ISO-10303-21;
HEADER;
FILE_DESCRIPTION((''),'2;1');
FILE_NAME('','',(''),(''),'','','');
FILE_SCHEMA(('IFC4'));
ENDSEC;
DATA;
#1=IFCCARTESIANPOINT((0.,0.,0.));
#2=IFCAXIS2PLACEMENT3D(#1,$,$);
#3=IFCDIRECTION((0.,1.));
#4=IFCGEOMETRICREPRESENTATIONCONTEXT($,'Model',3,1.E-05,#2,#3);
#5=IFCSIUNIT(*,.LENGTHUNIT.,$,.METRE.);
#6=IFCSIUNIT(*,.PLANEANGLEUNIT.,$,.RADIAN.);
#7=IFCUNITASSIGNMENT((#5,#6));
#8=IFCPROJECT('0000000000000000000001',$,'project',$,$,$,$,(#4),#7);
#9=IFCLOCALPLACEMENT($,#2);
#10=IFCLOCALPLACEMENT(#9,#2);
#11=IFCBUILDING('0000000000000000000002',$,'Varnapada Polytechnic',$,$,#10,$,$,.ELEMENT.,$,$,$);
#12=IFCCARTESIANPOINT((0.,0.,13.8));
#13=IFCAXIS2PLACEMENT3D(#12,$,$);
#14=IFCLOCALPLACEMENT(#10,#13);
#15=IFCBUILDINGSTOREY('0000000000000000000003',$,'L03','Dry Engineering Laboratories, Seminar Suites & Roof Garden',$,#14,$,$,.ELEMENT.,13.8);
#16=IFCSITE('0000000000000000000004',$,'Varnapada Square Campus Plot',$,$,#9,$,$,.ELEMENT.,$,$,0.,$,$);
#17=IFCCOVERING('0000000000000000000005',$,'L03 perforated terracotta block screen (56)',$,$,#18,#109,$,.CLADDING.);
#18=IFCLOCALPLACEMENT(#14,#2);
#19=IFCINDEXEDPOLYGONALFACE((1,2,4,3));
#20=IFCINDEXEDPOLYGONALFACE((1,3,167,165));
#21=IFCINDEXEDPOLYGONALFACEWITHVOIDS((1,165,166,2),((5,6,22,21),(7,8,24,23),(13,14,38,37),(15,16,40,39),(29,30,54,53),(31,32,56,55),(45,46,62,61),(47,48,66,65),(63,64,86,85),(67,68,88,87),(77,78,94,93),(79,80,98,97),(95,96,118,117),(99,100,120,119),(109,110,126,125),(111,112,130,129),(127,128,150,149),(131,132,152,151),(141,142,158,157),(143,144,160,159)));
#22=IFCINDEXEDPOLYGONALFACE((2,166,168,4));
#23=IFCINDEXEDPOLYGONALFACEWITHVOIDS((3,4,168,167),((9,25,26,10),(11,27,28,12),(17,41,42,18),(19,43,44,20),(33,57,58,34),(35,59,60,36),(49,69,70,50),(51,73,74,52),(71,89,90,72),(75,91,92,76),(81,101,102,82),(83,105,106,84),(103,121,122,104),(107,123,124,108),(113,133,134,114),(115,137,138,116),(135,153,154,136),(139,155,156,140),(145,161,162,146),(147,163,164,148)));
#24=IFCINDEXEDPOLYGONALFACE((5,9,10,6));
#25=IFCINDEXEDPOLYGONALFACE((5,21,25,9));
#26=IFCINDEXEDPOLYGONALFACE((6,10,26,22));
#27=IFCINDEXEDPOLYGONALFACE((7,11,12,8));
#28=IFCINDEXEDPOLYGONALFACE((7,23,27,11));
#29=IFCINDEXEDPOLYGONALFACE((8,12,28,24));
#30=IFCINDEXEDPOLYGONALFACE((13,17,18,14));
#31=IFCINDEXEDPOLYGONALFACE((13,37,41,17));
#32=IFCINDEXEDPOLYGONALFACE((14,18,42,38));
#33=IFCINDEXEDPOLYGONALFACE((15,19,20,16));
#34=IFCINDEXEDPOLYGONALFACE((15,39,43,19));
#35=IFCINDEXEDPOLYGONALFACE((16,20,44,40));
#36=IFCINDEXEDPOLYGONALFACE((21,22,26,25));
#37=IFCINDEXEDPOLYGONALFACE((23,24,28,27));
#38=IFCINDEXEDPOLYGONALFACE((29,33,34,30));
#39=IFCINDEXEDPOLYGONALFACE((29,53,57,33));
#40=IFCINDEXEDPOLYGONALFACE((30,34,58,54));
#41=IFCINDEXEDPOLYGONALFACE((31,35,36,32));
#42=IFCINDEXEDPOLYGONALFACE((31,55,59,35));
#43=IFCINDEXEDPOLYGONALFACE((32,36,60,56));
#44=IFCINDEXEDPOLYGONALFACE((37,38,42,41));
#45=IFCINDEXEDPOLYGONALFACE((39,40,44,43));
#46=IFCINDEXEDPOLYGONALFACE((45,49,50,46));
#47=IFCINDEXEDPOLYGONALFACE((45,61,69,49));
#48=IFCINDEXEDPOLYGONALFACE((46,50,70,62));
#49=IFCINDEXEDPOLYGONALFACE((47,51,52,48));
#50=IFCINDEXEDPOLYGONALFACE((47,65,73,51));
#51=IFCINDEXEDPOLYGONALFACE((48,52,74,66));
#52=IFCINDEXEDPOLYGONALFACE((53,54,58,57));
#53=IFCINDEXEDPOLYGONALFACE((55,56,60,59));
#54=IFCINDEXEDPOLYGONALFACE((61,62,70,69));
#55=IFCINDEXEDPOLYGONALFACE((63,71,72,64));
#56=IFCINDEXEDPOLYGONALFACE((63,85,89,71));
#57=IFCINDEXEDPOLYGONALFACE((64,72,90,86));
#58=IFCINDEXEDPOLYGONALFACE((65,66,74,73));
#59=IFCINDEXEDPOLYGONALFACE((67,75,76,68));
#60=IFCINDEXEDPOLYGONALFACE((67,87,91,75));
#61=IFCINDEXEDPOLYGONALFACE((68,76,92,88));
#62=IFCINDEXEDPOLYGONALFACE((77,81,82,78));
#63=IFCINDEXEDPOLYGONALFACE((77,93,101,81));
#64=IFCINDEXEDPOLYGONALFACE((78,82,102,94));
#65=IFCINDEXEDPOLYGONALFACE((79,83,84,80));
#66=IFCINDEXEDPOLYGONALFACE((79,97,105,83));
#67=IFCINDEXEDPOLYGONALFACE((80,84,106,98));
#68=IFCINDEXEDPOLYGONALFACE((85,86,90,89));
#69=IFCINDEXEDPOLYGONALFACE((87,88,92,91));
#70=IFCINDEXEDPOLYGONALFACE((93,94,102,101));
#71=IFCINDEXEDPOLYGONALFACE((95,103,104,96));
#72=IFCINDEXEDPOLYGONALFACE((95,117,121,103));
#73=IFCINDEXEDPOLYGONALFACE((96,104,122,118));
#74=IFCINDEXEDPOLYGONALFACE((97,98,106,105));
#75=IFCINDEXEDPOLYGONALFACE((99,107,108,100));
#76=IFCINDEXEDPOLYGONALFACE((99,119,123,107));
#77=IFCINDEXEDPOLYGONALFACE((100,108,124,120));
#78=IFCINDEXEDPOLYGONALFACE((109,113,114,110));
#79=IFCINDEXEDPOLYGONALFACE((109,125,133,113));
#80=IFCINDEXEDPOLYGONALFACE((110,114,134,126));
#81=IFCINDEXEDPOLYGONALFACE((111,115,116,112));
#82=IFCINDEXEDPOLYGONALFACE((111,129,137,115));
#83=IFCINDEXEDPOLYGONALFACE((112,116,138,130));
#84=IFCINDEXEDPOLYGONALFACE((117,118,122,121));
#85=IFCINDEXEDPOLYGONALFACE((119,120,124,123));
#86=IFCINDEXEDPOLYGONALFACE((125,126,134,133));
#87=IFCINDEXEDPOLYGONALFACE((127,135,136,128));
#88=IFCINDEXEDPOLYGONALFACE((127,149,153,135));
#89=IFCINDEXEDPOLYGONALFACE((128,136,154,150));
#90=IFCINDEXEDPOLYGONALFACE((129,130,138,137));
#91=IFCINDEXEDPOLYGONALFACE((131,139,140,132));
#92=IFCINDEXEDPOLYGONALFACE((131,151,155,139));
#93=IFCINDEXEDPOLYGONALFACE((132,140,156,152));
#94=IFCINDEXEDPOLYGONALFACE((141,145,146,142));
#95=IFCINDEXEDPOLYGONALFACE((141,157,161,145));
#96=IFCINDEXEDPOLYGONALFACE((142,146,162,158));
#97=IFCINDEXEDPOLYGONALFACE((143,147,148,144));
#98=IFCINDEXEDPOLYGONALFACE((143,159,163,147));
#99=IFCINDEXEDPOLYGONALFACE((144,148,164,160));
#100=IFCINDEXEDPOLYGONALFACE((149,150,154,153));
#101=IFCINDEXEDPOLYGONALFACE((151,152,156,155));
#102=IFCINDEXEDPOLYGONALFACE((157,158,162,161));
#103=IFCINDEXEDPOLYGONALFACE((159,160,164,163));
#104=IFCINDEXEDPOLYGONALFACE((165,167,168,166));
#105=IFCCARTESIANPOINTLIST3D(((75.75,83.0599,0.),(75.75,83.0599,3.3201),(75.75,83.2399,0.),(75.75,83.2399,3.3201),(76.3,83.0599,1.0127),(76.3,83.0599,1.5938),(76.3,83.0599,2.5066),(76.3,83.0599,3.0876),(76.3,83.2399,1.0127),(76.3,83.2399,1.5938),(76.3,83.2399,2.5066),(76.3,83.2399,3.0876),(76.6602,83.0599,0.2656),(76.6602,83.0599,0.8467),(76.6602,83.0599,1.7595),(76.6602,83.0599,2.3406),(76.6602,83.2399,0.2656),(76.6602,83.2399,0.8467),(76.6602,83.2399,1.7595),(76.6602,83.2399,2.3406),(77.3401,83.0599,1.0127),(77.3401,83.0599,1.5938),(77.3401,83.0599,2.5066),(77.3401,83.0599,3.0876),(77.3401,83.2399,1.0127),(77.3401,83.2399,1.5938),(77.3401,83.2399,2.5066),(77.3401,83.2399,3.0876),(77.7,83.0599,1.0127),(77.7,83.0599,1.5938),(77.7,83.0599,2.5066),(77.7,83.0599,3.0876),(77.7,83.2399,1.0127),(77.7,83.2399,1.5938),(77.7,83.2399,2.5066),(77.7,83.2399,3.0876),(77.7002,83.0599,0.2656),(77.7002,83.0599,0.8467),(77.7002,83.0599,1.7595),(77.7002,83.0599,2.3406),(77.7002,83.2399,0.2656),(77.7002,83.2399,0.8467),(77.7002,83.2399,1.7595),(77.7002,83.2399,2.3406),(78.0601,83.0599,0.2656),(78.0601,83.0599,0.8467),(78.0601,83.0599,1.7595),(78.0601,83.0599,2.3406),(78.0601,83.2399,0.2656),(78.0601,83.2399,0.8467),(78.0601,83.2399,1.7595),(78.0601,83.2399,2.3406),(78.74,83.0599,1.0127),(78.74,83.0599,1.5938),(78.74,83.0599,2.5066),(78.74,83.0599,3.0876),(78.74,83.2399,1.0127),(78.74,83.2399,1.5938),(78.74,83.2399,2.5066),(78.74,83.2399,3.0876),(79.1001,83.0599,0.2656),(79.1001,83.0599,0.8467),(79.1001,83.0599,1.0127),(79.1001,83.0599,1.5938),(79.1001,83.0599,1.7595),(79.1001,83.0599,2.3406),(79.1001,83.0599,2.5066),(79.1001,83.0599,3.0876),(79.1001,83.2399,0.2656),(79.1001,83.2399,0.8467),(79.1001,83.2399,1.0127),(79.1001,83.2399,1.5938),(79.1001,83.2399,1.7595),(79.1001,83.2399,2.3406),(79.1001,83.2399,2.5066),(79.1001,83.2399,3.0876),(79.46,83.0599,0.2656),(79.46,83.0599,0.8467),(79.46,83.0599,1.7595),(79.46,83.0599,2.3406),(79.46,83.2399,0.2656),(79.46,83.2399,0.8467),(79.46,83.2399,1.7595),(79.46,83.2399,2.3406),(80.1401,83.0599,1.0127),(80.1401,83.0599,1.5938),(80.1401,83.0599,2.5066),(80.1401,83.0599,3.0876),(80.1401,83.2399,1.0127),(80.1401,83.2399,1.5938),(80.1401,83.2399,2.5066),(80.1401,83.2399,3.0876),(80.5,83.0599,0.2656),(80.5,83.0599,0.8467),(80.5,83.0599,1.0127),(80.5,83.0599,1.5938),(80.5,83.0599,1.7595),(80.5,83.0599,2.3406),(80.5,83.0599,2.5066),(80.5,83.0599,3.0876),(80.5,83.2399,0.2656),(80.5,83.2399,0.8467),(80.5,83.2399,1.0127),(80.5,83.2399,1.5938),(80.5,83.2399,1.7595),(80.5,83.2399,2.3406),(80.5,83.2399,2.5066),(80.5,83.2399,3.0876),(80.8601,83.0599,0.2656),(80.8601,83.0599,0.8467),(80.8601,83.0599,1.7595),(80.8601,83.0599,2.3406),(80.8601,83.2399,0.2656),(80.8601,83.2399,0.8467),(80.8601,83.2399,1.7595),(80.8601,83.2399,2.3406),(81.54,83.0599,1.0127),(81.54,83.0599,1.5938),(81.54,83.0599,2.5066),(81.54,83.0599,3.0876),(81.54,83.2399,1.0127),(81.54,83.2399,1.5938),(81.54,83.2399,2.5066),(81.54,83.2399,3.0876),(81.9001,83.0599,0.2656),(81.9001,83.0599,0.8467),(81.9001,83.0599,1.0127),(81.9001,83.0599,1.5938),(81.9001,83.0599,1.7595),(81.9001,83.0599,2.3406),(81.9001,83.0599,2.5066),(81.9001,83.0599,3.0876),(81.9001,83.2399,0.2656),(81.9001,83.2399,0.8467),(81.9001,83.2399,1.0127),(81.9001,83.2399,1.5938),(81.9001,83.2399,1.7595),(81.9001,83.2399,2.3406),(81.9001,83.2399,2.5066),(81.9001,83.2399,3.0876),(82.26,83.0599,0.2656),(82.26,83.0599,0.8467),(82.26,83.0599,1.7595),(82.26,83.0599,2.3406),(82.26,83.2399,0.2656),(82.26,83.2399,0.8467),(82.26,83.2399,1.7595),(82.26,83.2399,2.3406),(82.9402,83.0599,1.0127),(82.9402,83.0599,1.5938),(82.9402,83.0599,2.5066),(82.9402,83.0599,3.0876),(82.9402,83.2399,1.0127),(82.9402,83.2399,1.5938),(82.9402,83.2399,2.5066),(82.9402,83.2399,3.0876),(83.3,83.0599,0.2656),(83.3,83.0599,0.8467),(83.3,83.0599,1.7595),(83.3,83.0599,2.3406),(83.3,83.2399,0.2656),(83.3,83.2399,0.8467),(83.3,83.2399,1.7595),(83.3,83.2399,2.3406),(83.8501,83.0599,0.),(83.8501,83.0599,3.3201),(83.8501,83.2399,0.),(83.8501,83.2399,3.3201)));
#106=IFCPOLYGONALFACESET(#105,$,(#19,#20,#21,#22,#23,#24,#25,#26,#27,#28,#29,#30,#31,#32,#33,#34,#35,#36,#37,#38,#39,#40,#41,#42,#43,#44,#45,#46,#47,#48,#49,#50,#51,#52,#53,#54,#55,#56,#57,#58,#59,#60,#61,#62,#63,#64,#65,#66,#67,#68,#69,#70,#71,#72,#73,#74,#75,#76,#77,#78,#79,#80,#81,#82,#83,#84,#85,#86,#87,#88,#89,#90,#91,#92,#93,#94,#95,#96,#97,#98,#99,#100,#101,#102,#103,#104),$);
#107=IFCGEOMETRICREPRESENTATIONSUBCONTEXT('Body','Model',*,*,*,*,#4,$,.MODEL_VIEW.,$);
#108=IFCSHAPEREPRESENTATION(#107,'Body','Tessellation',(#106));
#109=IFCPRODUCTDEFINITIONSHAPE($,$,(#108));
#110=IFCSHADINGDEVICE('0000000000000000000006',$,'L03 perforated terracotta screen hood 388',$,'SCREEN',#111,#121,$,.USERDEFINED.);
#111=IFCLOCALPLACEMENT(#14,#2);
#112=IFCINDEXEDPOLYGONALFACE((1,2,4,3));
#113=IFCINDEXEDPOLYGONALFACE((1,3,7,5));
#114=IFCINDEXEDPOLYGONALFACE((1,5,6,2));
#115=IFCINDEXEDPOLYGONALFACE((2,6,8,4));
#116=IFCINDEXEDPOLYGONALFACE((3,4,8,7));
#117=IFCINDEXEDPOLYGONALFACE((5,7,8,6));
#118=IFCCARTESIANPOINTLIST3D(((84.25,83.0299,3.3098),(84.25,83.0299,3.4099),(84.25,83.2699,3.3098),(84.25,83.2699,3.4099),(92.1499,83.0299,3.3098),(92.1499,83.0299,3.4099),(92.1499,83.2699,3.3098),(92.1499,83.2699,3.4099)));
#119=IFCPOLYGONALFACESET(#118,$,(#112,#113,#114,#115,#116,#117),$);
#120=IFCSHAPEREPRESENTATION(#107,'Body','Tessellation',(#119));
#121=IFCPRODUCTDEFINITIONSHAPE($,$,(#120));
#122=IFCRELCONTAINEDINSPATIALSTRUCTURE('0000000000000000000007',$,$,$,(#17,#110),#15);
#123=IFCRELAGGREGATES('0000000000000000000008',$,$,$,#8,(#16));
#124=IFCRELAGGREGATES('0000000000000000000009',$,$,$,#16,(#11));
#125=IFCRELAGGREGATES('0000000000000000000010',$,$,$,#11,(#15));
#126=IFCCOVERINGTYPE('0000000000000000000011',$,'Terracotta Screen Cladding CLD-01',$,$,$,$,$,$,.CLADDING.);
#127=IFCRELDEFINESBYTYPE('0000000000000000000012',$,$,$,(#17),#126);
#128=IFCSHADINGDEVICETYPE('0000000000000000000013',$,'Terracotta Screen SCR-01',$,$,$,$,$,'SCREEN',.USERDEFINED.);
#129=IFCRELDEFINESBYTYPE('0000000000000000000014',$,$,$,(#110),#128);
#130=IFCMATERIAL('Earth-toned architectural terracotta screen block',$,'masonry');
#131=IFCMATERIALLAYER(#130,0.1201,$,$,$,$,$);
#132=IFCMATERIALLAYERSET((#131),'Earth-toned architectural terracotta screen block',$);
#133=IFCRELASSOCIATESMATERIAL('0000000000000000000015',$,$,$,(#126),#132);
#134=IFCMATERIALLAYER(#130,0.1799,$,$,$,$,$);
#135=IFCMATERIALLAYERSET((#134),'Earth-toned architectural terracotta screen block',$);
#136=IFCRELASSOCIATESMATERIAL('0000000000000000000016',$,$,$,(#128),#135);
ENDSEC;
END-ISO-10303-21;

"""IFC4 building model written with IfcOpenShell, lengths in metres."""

from ifc_helpers import new_model, si_unit, direction, frame, frame_2d, origin, origin_2d, place, context, subcontext, project, spatial, rectangle, extrude, material, layer, layer_set, type_object, element, save


model = new_model("IFC4")

# Units and contexts
model_context = context("Model", 3, precision=1e-05, world=origin(), true_north=direction((0.0, 1.0)))
body_context = subcontext(model_context, "Body", "Model", "MODEL_VIEW")
ifc_project = project(units=[si_unit("LENGTHUNIT", "METRE"), si_unit("PLANEANGLEUNIT", "RADIAN")], contexts=[model_context])

# Site, building, storey
site_placement = place(None, origin())
site = spatial("IfcSite", under=ifc_project, at=site_placement, Name="Varnapada Square Campus Plot", CompositionType="ELEMENT", RefElevation=0.0)
building_placement = place(site_placement, origin())
building = spatial("IfcBuilding", under=site, at=building_placement, Name="Varnapada Polytechnic", CompositionType="ELEMENT")
storey_placement = place(building_placement, frame((0.0, 0.0, 13.8)))
storey = spatial("IfcBuildingStorey", under=building, at=storey_placement, Name="L03", Description="Dry Engineering Laboratories, Seminar Suites & Roof Garden", CompositionType="ELEMENT", Elevation=13.8)

# Covering, openings
ifc_material = material(Name="Earth-toned architectural terracotta screen block", Category="masonry")
ifc_layer_1 = layer(ifc_material, 0.1201)
ifc_layer_set_1 = layer_set([ifc_layer_1], Name="Earth-toned architectural terracotta screen block")
covering_type = type_object("IfcCoveringType", Name="Terracotta Screen Cladding CLD-01", PredefinedType="CLADDING", material=ifc_layer_set_1)
covering_placement = place(storey_placement, frame((83.8501, 83.1499, 0.0), z_axis=(0.0, 0.0, 1.0), x_axis=(-1.0, 0.0, 0.0)))
covering = element("IfcCovering", 1, at=covering_placement, inside=storey, type_object=covering_type, Name="L03 perforated terracotta block screen (56)", PredefinedType="CLADDING", context=body_context, shape_type="SweptSolid", body=[
    extrude(rectangle(XDim=8.1001, YDim=0.1799, at=frame_2d((4.05, 0.0))), origin(), (0.0, 0.0, 1.0), 3.3201),
])
opening_1_placement = place(covering_placement, frame((0.55, 0.0, 0.2656)))
element("IfcOpeningElement", 2, at=opening_1_placement, cuts=covering, PredefinedType="OPENING", context=body_context, shape_type="SweptSolid", body=[
    extrude(rectangle(XDim=1.04, YDim=0.5811, at=frame_2d((0.52, 0.2905))), frame((0.0, 0.0999, 0.0), z_axis=(0.0, -1.0, 0.0), x_axis=(1.0, 0.0, 0.0)), (0.0, 0.0, 1.0), 0.2),
])
opening_2_placement = place(covering_placement, frame((1.95, 0.0, 0.2656)))
element("IfcOpeningElement", 3, at=opening_2_placement, cuts=covering, PredefinedType="OPENING", context=body_context, shape_type="SweptSolid", body=[
    extrude(rectangle(XDim=1.04, YDim=0.5811, at=frame_2d((0.52, 0.2905))), frame((0.0, 0.0999, 0.0), z_axis=(0.0, -1.0, 0.0), x_axis=(1.0, 0.0, 0.0)), (0.0, 0.0, 1.0), 0.2),
])
opening_3_placement = place(covering_placement, frame((3.3501, 0.0, 0.2656)))
element("IfcOpeningElement", 4, at=opening_3_placement, cuts=covering, PredefinedType="OPENING", context=body_context, shape_type="SweptSolid", body=[
    extrude(rectangle(XDim=1.04, YDim=0.5811, at=frame_2d((0.52, 0.2905))), frame((0.0, 0.0999, 0.0), z_axis=(0.0, -1.0, 0.0), x_axis=(1.0, 0.0, 0.0)), (0.0, 0.0, 1.0), 0.2),
])
opening_4_placement = place(covering_placement, frame((4.75, 0.0, 0.2656)))
element("IfcOpeningElement", 5, at=opening_4_placement, cuts=covering, PredefinedType="OPENING", context=body_context, shape_type="SweptSolid", body=[
    extrude(rectangle(XDim=1.04, YDim=0.5811, at=frame_2d((0.52, 0.2905))), frame((0.0, 0.0999, 0.0), z_axis=(0.0, -1.0, 0.0), x_axis=(1.0, 0.0, 0.0)), (0.0, 0.0, 1.0), 0.2),
])
opening_5_placement = place(covering_placement, frame((6.1499, 0.0, 0.2656)))
element("IfcOpeningElement", 6, at=opening_5_placement, cuts=covering, PredefinedType="OPENING", context=body_context, shape_type="SweptSolid", body=[
    extrude(rectangle(XDim=1.04, YDim=0.5811, at=frame_2d((0.52, 0.2905))), frame((0.0, 0.0999, 0.0), z_axis=(0.0, -1.0, 0.0), x_axis=(1.0, 0.0, 0.0)), (0.0, 0.0, 1.0), 0.2),
])
opening_6_placement = place(covering_placement, frame((0.9099, 0.0, 1.0127)))
element("IfcOpeningElement", 7, at=opening_6_placement, cuts=covering, PredefinedType="OPENING", context=body_context, shape_type="SweptSolid", body=[
    extrude(rectangle(XDim=1.04, YDim=0.5811, at=frame_2d((0.52, 0.2905))), frame((0.0, 0.0999, 0.0), z_axis=(0.0, -1.0, 0.0), x_axis=(1.0, 0.0, 0.0)), (0.0, 0.0, 1.0), 0.2),
])
opening_7_placement = place(covering_placement, frame((2.3101, 0.0, 1.0127)))
element("IfcOpeningElement", 8, at=opening_7_placement, cuts=covering, PredefinedType="OPENING", context=body_context, shape_type="SweptSolid", body=[
    extrude(rectangle(XDim=1.04, YDim=0.5811, at=frame_2d((0.52, 0.2905))), frame((0.0, 0.0999, 0.0), z_axis=(0.0, -1.0, 0.0), x_axis=(1.0, 0.0, 0.0)), (0.0, 0.0, 1.0), 0.2),
])
opening_8_placement = place(covering_placement, frame((3.71, 0.0, 1.0127)))
element("IfcOpeningElement", 9, at=opening_8_placement, cuts=covering, PredefinedType="OPENING", context=body_context, shape_type="SweptSolid", body=[
    extrude(rectangle(XDim=1.04, YDim=0.5811, at=frame_2d((0.52, 0.2905))), frame((0.0, 0.0999, 0.0), z_axis=(0.0, -1.0, 0.0), x_axis=(1.0, 0.0, 0.0)), (0.0, 0.0, 1.0), 0.2),
])
opening_9_placement = place(covering_placement, frame((5.1101, 0.0, 1.0127)))
element("IfcOpeningElement", 10, at=opening_9_placement, cuts=covering, PredefinedType="OPENING", context=body_context, shape_type="SweptSolid", body=[
    extrude(rectangle(XDim=1.04, YDim=0.5811, at=frame_2d((0.52, 0.2905))), frame((0.0, 0.0999, 0.0), z_axis=(0.0, -1.0, 0.0), x_axis=(1.0, 0.0, 0.0)), (0.0, 0.0, 1.0), 0.2),
])
opening_10_placement = place(covering_placement, frame((6.51, 0.0, 1.0127)))
element("IfcOpeningElement", 11, at=opening_10_placement, cuts=covering, PredefinedType="OPENING", context=body_context, shape_type="SweptSolid", body=[
    extrude(rectangle(XDim=1.04, YDim=0.5811, at=frame_2d((0.52, 0.2905))), frame((0.0, 0.0999, 0.0), z_axis=(0.0, -1.0, 0.0), x_axis=(1.0, 0.0, 0.0)), (0.0, 0.0, 1.0), 0.2),
])
opening_11_placement = place(covering_placement, frame((0.55, 0.0, 1.7595)))
element("IfcOpeningElement", 12, at=opening_11_placement, cuts=covering, PredefinedType="OPENING", context=body_context, shape_type="SweptSolid", body=[
    extrude(rectangle(XDim=1.04, YDim=0.5811, at=frame_2d((0.52, 0.2905))), frame((0.0, 0.0999, 0.0), z_axis=(0.0, -1.0, 0.0), x_axis=(1.0, 0.0, 0.0)), (0.0, 0.0, 1.0), 0.2),
])
opening_12_placement = place(covering_placement, frame((1.95, 0.0, 1.7595)))
element("IfcOpeningElement", 13, at=opening_12_placement, cuts=covering, PredefinedType="OPENING", context=body_context, shape_type="SweptSolid", body=[
    extrude(rectangle(XDim=1.04, YDim=0.5811, at=frame_2d((0.52, 0.2905))), frame((0.0, 0.0999, 0.0), z_axis=(0.0, -1.0, 0.0), x_axis=(1.0, 0.0, 0.0)), (0.0, 0.0, 1.0), 0.2),
])
opening_13_placement = place(covering_placement, frame((3.3501, 0.0, 1.7595)))
element("IfcOpeningElement", 14, at=opening_13_placement, cuts=covering, PredefinedType="OPENING", context=body_context, shape_type="SweptSolid", body=[
    extrude(rectangle(XDim=1.04, YDim=0.5811, at=frame_2d((0.52, 0.2905))), frame((0.0, 0.0999, 0.0), z_axis=(0.0, -1.0, 0.0), x_axis=(1.0, 0.0, 0.0)), (0.0, 0.0, 1.0), 0.2),
])
opening_14_placement = place(covering_placement, frame((4.75, 0.0, 1.7595)))
element("IfcOpeningElement", 15, at=opening_14_placement, cuts=covering, PredefinedType="OPENING", context=body_context, shape_type="SweptSolid", body=[
    extrude(rectangle(XDim=1.04, YDim=0.5811, at=frame_2d((0.52, 0.2905))), frame((0.0, 0.0999, 0.0), z_axis=(0.0, -1.0, 0.0), x_axis=(1.0, 0.0, 0.0)), (0.0, 0.0, 1.0), 0.2),
])
opening_15_placement = place(covering_placement, frame((6.1499, 0.0, 1.7595)))
element("IfcOpeningElement", 16, at=opening_15_placement, cuts=covering, PredefinedType="OPENING", context=body_context, shape_type="SweptSolid", body=[
    extrude(rectangle(XDim=1.04, YDim=0.5811, at=frame_2d((0.52, 0.2905))), frame((0.0, 0.0999, 0.0), z_axis=(0.0, -1.0, 0.0), x_axis=(1.0, 0.0, 0.0)), (0.0, 0.0, 1.0), 0.2),
])
opening_16_placement = place(covering_placement, frame((0.9099, 0.0, 2.5066)))
element("IfcOpeningElement", 17, at=opening_16_placement, cuts=covering, PredefinedType="OPENING", context=body_context, shape_type="SweptSolid", body=[
    extrude(rectangle(XDim=1.04, YDim=0.5811, at=frame_2d((0.52, 0.2905))), frame((0.0, 0.0999, 0.0), z_axis=(0.0, -1.0, 0.0), x_axis=(1.0, 0.0, 0.0)), (0.0, 0.0, 1.0), 0.2),
])
opening_17_placement = place(covering_placement, frame((2.3101, 0.0, 2.5066)))
element("IfcOpeningElement", 18, at=opening_17_placement, cuts=covering, PredefinedType="OPENING", context=body_context, shape_type="SweptSolid", body=[
    extrude(rectangle(XDim=1.04, YDim=0.5811, at=frame_2d((0.52, 0.2905))), frame((0.0, 0.0999, 0.0), z_axis=(0.0, -1.0, 0.0), x_axis=(1.0, 0.0, 0.0)), (0.0, 0.0, 1.0), 0.2),
])
opening_18_placement = place(covering_placement, frame((3.71, 0.0, 2.5066)))
element("IfcOpeningElement", 19, at=opening_18_placement, cuts=covering, PredefinedType="OPENING", context=body_context, shape_type="SweptSolid", body=[
    extrude(rectangle(XDim=1.04, YDim=0.5811, at=frame_2d((0.52, 0.2905))), frame((0.0, 0.0999, 0.0), z_axis=(0.0, -1.0, 0.0), x_axis=(1.0, 0.0, 0.0)), (0.0, 0.0, 1.0), 0.2),
])
opening_19_placement = place(covering_placement, frame((5.1101, 0.0, 2.5066)))
element("IfcOpeningElement", 20, at=opening_19_placement, cuts=covering, PredefinedType="OPENING", context=body_context, shape_type="SweptSolid", body=[
    extrude(rectangle(XDim=1.04, YDim=0.5811, at=frame_2d((0.52, 0.2905))), frame((0.0, 0.0999, 0.0), z_axis=(0.0, -1.0, 0.0), x_axis=(1.0, 0.0, 0.0)), (0.0, 0.0, 1.0), 0.2),
])
opening_20_placement = place(covering_placement, frame((6.51, 0.0, 2.5066)))
element("IfcOpeningElement", 21, at=opening_20_placement, cuts=covering, PredefinedType="OPENING", context=body_context, shape_type="SweptSolid", body=[
    extrude(rectangle(XDim=1.04, YDim=0.5811, at=frame_2d((0.52, 0.2905))), frame((0.0, 0.0999, 0.0), z_axis=(0.0, -1.0, 0.0), x_axis=(1.0, 0.0, 0.0)), (0.0, 0.0, 1.0), 0.2),
])

# Shading device
ifc_layer_2 = layer(ifc_material, 0.1799)
ifc_layer_set_2 = layer_set([ifc_layer_2], Name="Earth-toned architectural terracotta screen block")
shading_device_type = type_object("IfcShadingDeviceType", Name="Terracotta Screen SCR-01", ElementType="SCREEN", PredefinedType="USERDEFINED", material=ifc_layer_set_2)
shading_device_placement = place(storey_placement, frame((88.2, 83.1499, 3.3098), z_axis=(0.0, 0.0, 1.0), x_axis=(-1.0, 0.0, 0.0)))
element("IfcShadingDevice", 22, at=shading_device_placement, inside=storey, type_object=shading_device_type, Name="L03 perforated terracotta screen hood 388", ObjectType="SCREEN", PredefinedType="USERDEFINED", context=body_context, shape_type="SweptSolid", body=[
    extrude(rectangle(XDim=7.8999, YDim=0.24, at=origin_2d()), origin(), (0.0, 0.0, 1.0), 0.1001),
])

save(model, "model.ifc")
